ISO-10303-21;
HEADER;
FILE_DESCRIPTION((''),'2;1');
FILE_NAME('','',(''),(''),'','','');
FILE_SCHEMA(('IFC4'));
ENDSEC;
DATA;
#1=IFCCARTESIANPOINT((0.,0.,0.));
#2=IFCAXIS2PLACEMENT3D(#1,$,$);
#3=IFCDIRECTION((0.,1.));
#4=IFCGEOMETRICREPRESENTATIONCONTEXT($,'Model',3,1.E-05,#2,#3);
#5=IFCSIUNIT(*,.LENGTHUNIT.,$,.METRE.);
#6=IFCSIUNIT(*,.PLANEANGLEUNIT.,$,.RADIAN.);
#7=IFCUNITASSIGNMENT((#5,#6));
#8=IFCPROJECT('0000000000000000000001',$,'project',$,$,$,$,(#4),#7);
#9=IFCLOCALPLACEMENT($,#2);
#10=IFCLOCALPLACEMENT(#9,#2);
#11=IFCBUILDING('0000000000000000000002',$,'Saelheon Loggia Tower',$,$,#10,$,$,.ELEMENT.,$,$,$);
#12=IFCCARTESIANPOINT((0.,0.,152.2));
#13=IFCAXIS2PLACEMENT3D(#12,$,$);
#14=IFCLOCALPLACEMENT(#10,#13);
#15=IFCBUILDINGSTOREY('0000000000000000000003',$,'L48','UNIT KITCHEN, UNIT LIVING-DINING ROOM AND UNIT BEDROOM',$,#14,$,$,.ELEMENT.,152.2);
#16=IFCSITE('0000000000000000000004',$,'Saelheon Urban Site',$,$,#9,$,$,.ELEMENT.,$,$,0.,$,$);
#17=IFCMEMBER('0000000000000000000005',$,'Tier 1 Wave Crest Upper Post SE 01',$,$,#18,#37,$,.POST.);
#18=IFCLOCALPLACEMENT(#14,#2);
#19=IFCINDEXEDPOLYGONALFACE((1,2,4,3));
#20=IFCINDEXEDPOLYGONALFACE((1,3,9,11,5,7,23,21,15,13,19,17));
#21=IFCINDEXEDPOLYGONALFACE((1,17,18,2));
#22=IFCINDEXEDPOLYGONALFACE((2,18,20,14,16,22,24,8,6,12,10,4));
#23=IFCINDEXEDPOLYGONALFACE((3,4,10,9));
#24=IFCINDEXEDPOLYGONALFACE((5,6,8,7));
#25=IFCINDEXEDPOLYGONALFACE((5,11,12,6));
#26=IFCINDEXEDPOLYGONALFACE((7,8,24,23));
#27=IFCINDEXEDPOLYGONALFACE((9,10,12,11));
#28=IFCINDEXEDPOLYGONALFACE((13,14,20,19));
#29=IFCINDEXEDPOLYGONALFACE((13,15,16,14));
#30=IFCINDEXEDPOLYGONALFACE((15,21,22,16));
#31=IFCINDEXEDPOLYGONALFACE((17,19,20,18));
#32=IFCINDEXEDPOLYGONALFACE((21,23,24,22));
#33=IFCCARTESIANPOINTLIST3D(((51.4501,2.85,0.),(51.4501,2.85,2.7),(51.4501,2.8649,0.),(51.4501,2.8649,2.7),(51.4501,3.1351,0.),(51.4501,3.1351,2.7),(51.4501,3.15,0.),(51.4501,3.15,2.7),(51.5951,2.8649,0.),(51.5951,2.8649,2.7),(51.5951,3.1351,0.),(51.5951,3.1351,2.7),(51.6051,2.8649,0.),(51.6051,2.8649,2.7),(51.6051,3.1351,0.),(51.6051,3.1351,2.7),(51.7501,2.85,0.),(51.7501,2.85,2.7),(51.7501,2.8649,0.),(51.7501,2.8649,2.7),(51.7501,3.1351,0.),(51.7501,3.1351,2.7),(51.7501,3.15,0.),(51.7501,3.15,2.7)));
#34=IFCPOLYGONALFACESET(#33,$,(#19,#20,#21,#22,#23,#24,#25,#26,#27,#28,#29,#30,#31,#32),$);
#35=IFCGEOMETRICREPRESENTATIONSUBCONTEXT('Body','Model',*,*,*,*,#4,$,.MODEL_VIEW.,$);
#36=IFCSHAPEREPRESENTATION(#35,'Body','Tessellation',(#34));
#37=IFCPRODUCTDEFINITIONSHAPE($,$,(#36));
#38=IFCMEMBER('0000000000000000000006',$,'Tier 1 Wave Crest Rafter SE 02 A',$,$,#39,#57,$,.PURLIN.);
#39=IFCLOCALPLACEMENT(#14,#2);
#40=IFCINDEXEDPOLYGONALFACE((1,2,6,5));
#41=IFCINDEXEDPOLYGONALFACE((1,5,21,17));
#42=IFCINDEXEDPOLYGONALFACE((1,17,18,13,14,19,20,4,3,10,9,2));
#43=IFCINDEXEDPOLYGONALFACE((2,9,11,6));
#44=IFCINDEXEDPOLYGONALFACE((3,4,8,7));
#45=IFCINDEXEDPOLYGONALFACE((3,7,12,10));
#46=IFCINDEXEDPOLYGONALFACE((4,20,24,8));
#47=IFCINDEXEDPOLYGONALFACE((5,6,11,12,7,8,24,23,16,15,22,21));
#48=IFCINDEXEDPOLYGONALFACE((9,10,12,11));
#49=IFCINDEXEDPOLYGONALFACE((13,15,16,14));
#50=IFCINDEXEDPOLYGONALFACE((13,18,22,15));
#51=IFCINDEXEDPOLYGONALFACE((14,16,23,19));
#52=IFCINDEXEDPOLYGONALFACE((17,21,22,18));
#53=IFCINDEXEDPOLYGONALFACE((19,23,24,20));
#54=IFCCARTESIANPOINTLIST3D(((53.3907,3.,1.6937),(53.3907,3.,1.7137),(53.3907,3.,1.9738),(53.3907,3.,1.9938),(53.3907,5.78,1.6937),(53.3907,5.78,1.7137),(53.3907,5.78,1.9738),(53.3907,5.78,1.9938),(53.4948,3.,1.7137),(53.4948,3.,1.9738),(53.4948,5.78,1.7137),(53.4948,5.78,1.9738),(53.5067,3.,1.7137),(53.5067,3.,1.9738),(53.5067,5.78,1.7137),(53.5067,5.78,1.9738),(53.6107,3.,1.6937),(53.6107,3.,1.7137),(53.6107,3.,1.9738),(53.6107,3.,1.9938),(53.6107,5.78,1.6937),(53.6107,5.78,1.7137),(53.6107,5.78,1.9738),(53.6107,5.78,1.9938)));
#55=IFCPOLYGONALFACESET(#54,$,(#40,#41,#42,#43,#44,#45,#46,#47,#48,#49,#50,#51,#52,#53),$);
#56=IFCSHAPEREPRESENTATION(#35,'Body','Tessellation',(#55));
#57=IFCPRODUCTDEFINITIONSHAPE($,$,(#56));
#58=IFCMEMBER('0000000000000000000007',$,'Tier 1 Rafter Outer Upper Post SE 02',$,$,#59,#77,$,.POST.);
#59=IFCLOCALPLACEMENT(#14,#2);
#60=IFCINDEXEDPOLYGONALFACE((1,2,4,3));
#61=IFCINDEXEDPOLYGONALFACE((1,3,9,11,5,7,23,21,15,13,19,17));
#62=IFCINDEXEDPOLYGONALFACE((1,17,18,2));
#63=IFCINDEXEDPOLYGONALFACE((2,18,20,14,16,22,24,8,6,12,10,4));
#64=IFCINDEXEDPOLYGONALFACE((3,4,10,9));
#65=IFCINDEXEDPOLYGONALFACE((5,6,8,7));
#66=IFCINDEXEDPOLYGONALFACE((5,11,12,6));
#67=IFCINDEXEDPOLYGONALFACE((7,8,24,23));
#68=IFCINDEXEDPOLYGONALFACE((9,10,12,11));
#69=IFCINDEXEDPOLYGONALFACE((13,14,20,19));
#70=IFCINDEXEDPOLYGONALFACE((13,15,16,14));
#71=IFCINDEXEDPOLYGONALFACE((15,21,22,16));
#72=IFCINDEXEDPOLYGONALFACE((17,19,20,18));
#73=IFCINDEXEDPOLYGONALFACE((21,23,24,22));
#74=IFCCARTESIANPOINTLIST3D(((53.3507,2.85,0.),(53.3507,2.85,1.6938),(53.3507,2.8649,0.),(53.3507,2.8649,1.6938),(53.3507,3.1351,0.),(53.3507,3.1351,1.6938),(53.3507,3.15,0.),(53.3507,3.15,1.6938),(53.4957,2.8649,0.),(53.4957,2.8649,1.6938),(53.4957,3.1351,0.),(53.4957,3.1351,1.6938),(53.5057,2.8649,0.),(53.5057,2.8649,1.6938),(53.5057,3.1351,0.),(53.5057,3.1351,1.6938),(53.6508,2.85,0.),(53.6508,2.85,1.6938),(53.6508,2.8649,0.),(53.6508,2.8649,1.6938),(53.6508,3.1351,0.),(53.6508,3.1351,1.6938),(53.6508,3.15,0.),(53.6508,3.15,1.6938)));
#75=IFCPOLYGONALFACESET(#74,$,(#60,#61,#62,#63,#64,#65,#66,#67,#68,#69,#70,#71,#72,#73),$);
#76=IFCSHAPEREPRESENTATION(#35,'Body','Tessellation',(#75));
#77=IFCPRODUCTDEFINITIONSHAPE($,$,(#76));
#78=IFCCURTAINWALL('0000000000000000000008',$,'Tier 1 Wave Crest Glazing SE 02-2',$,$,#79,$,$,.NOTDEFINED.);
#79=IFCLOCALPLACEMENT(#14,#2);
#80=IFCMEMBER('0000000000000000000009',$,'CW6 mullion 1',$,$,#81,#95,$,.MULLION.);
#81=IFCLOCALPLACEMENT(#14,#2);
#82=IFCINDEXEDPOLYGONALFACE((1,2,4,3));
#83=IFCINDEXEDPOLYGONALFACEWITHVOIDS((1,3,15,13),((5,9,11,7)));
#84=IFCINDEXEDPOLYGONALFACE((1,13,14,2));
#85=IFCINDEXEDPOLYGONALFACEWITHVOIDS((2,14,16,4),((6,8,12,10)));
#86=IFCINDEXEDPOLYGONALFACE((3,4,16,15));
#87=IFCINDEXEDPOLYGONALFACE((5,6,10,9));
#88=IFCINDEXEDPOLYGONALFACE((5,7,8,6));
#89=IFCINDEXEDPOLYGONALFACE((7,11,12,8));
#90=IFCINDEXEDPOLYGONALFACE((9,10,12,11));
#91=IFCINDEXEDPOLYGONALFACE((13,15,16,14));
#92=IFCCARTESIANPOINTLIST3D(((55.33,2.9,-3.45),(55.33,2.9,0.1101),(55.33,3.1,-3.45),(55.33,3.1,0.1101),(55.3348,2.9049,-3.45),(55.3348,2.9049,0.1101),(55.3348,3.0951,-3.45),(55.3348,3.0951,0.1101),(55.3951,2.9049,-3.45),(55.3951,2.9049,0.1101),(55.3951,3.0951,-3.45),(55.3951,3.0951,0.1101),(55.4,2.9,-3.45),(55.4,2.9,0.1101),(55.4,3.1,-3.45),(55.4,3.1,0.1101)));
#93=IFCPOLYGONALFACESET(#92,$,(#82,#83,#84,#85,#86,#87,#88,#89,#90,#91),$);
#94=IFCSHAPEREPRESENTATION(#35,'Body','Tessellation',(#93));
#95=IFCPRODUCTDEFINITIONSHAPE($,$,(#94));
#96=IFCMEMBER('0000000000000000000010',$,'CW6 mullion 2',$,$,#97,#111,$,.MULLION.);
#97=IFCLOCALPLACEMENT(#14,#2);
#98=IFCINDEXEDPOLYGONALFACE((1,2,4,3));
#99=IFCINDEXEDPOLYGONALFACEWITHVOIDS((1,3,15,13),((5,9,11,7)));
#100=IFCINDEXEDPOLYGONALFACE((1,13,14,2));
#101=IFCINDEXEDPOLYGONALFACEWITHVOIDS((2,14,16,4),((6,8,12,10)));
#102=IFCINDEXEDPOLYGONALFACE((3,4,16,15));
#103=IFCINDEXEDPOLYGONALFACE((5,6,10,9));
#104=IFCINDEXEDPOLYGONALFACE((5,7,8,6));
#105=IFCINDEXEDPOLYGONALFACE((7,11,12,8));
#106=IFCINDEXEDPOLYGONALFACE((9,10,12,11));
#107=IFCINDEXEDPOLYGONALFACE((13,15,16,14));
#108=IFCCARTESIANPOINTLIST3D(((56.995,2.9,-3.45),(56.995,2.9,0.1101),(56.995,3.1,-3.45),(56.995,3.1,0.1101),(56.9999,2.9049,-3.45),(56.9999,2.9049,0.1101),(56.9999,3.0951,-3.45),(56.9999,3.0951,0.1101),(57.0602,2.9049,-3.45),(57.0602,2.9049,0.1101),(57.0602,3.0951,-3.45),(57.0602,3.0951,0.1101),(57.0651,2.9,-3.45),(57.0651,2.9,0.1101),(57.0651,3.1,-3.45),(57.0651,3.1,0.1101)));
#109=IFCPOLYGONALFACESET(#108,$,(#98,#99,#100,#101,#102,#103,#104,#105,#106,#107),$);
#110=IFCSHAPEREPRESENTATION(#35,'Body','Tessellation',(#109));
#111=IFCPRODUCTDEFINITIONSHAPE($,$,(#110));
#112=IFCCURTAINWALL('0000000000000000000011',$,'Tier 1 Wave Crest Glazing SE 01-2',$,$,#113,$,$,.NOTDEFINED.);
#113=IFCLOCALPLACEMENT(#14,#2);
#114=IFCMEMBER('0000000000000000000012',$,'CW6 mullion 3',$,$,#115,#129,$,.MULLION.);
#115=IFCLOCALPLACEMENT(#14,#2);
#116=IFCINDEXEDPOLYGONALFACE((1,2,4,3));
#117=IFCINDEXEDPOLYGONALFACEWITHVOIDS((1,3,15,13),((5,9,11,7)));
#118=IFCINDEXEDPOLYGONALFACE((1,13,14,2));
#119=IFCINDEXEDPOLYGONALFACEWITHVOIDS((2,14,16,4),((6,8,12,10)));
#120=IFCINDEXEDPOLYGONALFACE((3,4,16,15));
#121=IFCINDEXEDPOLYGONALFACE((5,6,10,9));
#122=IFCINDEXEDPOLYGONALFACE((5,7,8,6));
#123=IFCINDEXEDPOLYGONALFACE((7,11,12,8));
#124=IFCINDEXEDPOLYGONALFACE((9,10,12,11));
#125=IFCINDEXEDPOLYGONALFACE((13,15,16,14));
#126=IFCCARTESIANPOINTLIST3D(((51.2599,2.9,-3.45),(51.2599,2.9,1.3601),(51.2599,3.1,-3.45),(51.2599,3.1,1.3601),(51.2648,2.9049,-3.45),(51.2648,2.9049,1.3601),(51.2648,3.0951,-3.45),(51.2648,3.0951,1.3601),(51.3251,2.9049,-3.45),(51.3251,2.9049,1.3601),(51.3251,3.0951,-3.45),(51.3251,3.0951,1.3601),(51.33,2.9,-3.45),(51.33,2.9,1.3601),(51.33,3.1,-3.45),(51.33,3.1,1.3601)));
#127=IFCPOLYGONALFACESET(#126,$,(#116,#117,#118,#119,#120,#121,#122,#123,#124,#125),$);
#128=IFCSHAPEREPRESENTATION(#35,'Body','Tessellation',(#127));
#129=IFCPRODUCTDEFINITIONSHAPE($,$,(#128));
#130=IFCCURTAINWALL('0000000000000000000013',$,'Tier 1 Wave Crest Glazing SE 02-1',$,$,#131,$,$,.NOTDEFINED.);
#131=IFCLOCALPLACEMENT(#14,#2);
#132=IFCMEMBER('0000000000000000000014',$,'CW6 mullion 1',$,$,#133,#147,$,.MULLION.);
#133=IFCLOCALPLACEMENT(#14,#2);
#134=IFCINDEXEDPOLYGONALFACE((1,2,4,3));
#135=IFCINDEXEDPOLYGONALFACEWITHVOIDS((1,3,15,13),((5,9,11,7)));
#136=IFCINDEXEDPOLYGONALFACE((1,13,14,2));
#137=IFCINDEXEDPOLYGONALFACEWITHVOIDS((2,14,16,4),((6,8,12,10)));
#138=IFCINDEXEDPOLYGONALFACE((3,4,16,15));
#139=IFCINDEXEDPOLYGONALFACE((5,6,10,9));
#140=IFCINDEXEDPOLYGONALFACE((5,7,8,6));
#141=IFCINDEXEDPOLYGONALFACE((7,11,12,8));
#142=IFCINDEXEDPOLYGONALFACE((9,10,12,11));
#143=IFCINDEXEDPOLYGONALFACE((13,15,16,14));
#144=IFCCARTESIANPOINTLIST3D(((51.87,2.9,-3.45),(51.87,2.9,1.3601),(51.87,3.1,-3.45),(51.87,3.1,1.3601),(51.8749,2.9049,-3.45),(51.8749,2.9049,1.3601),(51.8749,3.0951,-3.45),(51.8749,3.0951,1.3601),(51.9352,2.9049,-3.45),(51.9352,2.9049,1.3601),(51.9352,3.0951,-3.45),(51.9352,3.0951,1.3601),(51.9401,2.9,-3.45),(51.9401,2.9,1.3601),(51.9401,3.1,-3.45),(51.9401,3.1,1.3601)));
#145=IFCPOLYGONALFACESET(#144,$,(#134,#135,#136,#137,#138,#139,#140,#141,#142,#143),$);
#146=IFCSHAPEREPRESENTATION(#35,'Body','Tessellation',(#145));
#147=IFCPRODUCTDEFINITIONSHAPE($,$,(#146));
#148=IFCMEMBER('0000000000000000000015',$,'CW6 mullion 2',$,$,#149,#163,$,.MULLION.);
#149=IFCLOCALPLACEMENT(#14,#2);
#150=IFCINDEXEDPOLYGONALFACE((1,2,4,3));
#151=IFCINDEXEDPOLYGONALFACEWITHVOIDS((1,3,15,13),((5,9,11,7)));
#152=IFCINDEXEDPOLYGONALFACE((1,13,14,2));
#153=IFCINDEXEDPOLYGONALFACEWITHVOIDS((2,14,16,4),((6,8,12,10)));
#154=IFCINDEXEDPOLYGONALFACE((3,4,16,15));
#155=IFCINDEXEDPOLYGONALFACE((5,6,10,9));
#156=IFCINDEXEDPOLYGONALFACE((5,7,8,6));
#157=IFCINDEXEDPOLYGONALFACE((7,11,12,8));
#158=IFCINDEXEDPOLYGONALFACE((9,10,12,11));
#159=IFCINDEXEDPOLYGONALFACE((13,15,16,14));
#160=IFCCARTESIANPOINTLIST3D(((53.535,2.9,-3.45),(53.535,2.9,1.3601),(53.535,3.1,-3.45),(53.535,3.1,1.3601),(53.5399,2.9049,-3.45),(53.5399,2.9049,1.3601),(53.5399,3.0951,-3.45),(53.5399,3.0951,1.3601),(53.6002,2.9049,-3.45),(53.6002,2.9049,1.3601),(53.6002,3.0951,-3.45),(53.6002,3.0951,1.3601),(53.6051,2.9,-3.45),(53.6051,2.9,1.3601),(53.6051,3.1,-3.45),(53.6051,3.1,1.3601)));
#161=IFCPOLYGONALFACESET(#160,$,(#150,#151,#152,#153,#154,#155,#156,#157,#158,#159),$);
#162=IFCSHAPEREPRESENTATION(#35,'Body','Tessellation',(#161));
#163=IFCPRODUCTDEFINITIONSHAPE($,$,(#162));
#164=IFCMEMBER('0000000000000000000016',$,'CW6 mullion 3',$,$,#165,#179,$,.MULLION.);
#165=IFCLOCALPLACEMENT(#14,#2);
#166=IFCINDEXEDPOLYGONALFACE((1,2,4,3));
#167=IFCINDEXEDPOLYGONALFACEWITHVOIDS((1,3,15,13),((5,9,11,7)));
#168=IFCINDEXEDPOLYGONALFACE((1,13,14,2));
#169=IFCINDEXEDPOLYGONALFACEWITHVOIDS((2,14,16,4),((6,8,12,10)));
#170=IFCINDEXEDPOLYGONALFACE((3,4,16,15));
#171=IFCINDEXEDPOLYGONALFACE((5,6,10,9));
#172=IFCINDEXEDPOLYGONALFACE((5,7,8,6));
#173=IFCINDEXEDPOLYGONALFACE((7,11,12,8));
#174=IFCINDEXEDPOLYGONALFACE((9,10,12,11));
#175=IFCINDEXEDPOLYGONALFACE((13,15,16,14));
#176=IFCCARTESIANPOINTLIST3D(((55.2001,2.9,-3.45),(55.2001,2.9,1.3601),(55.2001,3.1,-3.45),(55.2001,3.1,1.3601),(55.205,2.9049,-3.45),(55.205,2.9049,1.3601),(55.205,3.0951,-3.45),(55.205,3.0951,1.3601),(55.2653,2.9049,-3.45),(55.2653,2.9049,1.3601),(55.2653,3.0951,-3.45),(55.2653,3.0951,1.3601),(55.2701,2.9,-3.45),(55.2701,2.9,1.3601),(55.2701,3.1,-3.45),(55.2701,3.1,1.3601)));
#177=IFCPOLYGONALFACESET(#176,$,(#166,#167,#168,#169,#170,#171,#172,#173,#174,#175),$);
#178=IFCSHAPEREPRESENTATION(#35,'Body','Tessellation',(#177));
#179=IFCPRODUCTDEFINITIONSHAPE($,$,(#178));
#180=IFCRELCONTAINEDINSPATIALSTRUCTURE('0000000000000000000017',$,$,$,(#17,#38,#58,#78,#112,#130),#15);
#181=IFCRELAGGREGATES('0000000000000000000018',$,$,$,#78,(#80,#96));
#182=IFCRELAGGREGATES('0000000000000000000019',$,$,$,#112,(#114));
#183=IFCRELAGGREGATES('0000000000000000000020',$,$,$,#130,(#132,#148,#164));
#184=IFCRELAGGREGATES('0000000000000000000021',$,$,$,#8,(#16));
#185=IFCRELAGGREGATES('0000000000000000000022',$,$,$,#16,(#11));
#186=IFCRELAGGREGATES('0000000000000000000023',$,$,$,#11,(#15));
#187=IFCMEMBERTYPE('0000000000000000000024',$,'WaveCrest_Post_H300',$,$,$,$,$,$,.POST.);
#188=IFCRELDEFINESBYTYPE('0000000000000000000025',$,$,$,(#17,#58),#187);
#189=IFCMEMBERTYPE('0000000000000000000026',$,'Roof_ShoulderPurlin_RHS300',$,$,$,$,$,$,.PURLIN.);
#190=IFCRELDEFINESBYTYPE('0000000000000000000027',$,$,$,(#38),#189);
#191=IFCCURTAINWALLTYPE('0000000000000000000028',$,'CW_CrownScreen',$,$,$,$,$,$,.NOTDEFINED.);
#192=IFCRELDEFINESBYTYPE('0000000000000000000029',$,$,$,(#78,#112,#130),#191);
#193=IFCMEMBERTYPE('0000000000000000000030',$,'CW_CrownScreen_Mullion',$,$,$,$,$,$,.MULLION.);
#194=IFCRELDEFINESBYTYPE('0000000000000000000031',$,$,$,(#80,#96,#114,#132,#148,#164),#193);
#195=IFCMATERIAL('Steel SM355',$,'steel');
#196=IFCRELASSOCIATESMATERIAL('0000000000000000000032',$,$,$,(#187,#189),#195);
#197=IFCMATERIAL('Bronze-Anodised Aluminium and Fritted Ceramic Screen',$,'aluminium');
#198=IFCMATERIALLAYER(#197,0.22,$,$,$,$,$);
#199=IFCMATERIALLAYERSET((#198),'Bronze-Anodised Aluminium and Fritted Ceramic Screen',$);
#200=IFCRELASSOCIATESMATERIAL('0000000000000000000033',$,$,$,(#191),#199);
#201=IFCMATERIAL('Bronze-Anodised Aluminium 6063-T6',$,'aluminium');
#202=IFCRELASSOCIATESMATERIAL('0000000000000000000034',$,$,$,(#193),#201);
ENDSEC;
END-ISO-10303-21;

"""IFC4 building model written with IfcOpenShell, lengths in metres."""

from ifc_helpers import new_model, si_unit, direction, frame, origin, origin_2d, place, context, subcontext, project, spatial, hollow_rectangle, i_section, extrude, source, transform, mapped, material, layer, layer_set, material_profile, profile_set, type_object, element, aggregate, save


model = new_model("IFC4")

# Units and contexts
model_context = context("Model", 3, precision=1e-05, world=origin(), true_north=direction((0.0, 1.0)))
body_context = subcontext(model_context, "Body", "Model", "MODEL_VIEW")
ifc_project = project(units=[si_unit("LENGTHUNIT", "METRE"), si_unit("PLANEANGLEUNIT", "RADIAN")], contexts=[model_context])

# Site, building, storey
site_placement = place(None, origin())
site = spatial("IfcSite", under=ifc_project, at=site_placement, Name="Saelheon Urban Site", CompositionType="ELEMENT", RefElevation=0.0)
building_placement = place(site_placement, origin())
building = spatial("IfcBuilding", under=site, at=building_placement, Name="Saelheon Loggia Tower", CompositionType="ELEMENT")
storey_placement = place(building_placement, frame((0.0, 0.0, 152.2)))
storey = spatial("IfcBuildingStorey", under=building, at=storey_placement, Name="L48", Description="UNIT KITCHEN, UNIT LIVING-DINING ROOM AND UNIT BEDROOM", CompositionType="ELEMENT", Elevation=152.2)

# Members
ifc_material_1 = material(Name="Steel SM355", Category="steel")
ifc_material_profile_1 = material_profile(ifc_material_1, i_section(OverallWidth=0.3, OverallDepth=0.3, WebThickness=0.01, FlangeThickness=0.0149, at=origin_2d()), Name="H-300x300x10x15")
ifc_profile_set_1 = profile_set([ifc_material_profile_1], Name="Steel SM355")
member_type_1 = type_object("IfcMemberType", Name="WaveCrest_Post_H300", PredefinedType="POST", material=ifc_profile_set_1)
shared_shape_1 = source(origin(), body_context, "Body", "SweptSolid", [
    extrude(i_section(OverallWidth=0.3, OverallDepth=0.3, WebThickness=0.01, FlangeThickness=0.0149, at=origin_2d()), origin(), (0.0, 0.0, 1.0), 2.7),
])
member_1_placement = place(storey_placement, frame((51.6001, 3.0, 0.0), z_axis=(0.0, 0.0, 1.0), x_axis=(1.0, 0.0, 0.0)))
element("IfcMember", 1, at=member_1_placement, inside=storey, type_object=member_type_1, Name="Tier 1 Wave Crest Upper Post SE 01", PredefinedType="POST", context=body_context, shape_type="MappedRepresentation", body=[
    mapped(shared_shape_1, transform((0.0, 0.0, 0.0), scale=1.0)),
])
ifc_material_profile_2 = material_profile(ifc_material_1, i_section(OverallWidth=0.22, OverallDepth=0.3, WebThickness=0.012, FlangeThickness=0.02, at=origin_2d()), Name="H-300x220x12x20")
ifc_profile_set_2 = profile_set([ifc_material_profile_2], Name="Steel SM355")
member_type_2 = type_object("IfcMemberType", Name="Roof_ShoulderPurlin_RHS300", PredefinedType="PURLIN", material=ifc_profile_set_2)
shared_shape_2 = source(origin(), body_context, "Body", "SweptSolid", [
    extrude(i_section(OverallWidth=0.22, OverallDepth=0.3, WebThickness=0.012, FlangeThickness=0.02, at=origin_2d()), origin(), (0.0, 0.0, 1.0), 2.78),
])
member_2_placement = place(storey_placement, frame((53.5007, 3.0, 1.8438), z_axis=(0.0, 1.0, 0.0), x_axis=(-1.0, 0.0, 0.0)))
element("IfcMember", 2, at=member_2_placement, inside=storey, type_object=member_type_2, Name="Tier 1 Wave Crest Rafter SE 02 A", PredefinedType="PURLIN", context=body_context, shape_type="MappedRepresentation", body=[
    mapped(shared_shape_2, transform((0.0, 0.0, 0.0), scale=1.0)),
])
shared_shape_3 = source(origin(), body_context, "Body", "SweptSolid", [
    extrude(i_section(OverallWidth=0.3, OverallDepth=0.3, WebThickness=0.01, FlangeThickness=0.0149, at=origin_2d()), origin(), (0.0, 0.0, 1.0), 1.6938),
])
member_3_placement = place(storey_placement, frame((53.5007, 3.0, 0.0), z_axis=(0.0, 0.0, 1.0), x_axis=(1.0, 0.0, 0.0)))
element("IfcMember", 3, at=member_3_placement, inside=storey, type_object=member_type_1, Name="Tier 1 Rafter Outer Upper Post SE 02", PredefinedType="POST", context=body_context, shape_type="MappedRepresentation", body=[
    mapped(shared_shape_3, transform((0.0, 0.0, 0.0), scale=1.0)),
])

# Curtain wall, members
ifc_material_2 = material(Name="Bronze-Anodised Aluminium and Fritted Ceramic Screen", Category="aluminium")
ifc_layer_1 = layer(ifc_material_2, 0.22)
ifc_layer_set_1 = layer_set([ifc_layer_1], Name="Bronze-Anodised Aluminium and Fritted Ceramic Screen")
curtain_wall_type = type_object("IfcCurtainWallType", Name="CW_CrownScreen", PredefinedType="NOTDEFINED", material=ifc_layer_set_1)
curtain_wall_1_placement = place(storey_placement, origin())
curtain_wall_1 = element("IfcCurtainWall", 4, at=curtain_wall_1_placement, inside=storey, type_object=curtain_wall_type, Name="Tier 1 Wave Crest Glazing SE 02-2", PredefinedType="NOTDEFINED")
ifc_material_3 = material(Name="Bronze-Anodised Aluminium 6063-T6", Category="aluminium")
ifc_material_profile_3 = material_profile(ifc_material_3, hollow_rectangle(XDim=0.0701, YDim=0.2, WallThickness=0.0049, at=origin_2d()), Name="RHS-200x70x5")
ifc_profile_set_3 = profile_set([ifc_material_profile_3], Name="Bronze-Anodised Aluminium 6063-T6")
member_type_3 = type_object("IfcMemberType", Name="CW_CrownScreen_Mullion", PredefinedType="MULLION", material=ifc_profile_set_3)
shared_shape_4 = source(origin(), body_context, "Body", "SweptSolid", [
    extrude(hollow_rectangle(XDim=0.0701, YDim=0.2, WallThickness=0.0049, at=origin_2d()), origin(), (0.0, 0.0, 1.0), 3.5601),
])
member_4_placement = place(storey_placement, frame((55.365, 3.0, -3.45), z_axis=(0.0, 0.0, 1.0), x_axis=(1.0, 0.0, 0.0)))
member_4 = element("IfcMember", 5, at=member_4_placement, type_object=member_type_3, Name="CW6 mullion 1", PredefinedType="MULLION", context=body_context, shape_type="MappedRepresentation", body=[
    mapped(shared_shape_4, transform((0.0, 0.0, 0.0), scale=1.0)),
])
member_5_placement = place(storey_placement, frame((57.03, 3.0, -3.45), z_axis=(0.0, 0.0, 1.0), x_axis=(1.0, 0.0, 0.0)))
member_5 = element("IfcMember", 6, at=member_5_placement, type_object=member_type_3, Name="CW6 mullion 2", PredefinedType="MULLION", context=body_context, shape_type="MappedRepresentation", body=[
    mapped(shared_shape_4, transform((0.0, 0.0, 0.0), scale=1.0)),
])

# Curtain wall, member
curtain_wall_2_placement = place(storey_placement, origin())
curtain_wall_2 = element("IfcCurtainWall", 7, at=curtain_wall_2_placement, inside=storey, type_object=curtain_wall_type, Name="Tier 1 Wave Crest Glazing SE 01-2", PredefinedType="NOTDEFINED")
shared_shape_5 = source(origin(), body_context, "Body", "SweptSolid", [
    extrude(hollow_rectangle(XDim=0.0701, YDim=0.2, WallThickness=0.0049, at=origin_2d()), origin(), (0.0, 0.0, 1.0), 4.8101),
])
member_6_placement = place(storey_placement, frame((51.2949, 3.0, -3.45), z_axis=(0.0, 0.0, 1.0), x_axis=(1.0, 0.0, 0.0)))
member_6 = element("IfcMember", 8, at=member_6_placement, type_object=member_type_3, Name="CW6 mullion 3", PredefinedType="MULLION", context=body_context, shape_type="MappedRepresentation", body=[
    mapped(shared_shape_5, transform((0.0, 0.0, 0.0), scale=1.0)),
])

# Curtain wall, members
curtain_wall_3_placement = place(storey_placement, origin())
curtain_wall_3 = element("IfcCurtainWall", 9, at=curtain_wall_3_placement, inside=storey, type_object=curtain_wall_type, Name="Tier 1 Wave Crest Glazing SE 02-1", PredefinedType="NOTDEFINED")
member_7_placement = place(storey_placement, frame((51.905, 3.0, -3.45), z_axis=(0.0, 0.0, 1.0), x_axis=(1.0, 0.0, 0.0)))
member_7 = element("IfcMember", 10, at=member_7_placement, type_object=member_type_3, Name="CW6 mullion 1", PredefinedType="MULLION", context=body_context, shape_type="MappedRepresentation", body=[
    mapped(shared_shape_5, transform((0.0, 0.0, 0.0), scale=1.0)),
])
member_8_placement = place(storey_placement, frame((53.5701, 3.0, -3.45), z_axis=(0.0, 0.0, 1.0), x_axis=(1.0, 0.0, 0.0)))
member_8 = element("IfcMember", 11, at=member_8_placement, type_object=member_type_3, Name="CW6 mullion 2", PredefinedType="MULLION", context=body_context, shape_type="MappedRepresentation", body=[
    mapped(shared_shape_5, transform((0.0, 0.0, 0.0), scale=1.0)),
])
member_9_placement = place(storey_placement, frame((55.2351, 3.0, -3.45), z_axis=(0.0, 0.0, 1.0), x_axis=(1.0, 0.0, 0.0)))
member_9 = element("IfcMember", 12, at=member_9_placement, type_object=member_type_3, Name="CW6 mullion 3", PredefinedType="MULLION", context=body_context, shape_type="MappedRepresentation", body=[
    mapped(shared_shape_5, transform((0.0, 0.0, 0.0), scale=1.0)),
])

aggregate(curtain_wall_1, [member_4, member_5])
aggregate(curtain_wall_2, [member_6])
aggregate(curtain_wall_3, [member_7, member_8, member_9])

save(model, "model.ifc")
